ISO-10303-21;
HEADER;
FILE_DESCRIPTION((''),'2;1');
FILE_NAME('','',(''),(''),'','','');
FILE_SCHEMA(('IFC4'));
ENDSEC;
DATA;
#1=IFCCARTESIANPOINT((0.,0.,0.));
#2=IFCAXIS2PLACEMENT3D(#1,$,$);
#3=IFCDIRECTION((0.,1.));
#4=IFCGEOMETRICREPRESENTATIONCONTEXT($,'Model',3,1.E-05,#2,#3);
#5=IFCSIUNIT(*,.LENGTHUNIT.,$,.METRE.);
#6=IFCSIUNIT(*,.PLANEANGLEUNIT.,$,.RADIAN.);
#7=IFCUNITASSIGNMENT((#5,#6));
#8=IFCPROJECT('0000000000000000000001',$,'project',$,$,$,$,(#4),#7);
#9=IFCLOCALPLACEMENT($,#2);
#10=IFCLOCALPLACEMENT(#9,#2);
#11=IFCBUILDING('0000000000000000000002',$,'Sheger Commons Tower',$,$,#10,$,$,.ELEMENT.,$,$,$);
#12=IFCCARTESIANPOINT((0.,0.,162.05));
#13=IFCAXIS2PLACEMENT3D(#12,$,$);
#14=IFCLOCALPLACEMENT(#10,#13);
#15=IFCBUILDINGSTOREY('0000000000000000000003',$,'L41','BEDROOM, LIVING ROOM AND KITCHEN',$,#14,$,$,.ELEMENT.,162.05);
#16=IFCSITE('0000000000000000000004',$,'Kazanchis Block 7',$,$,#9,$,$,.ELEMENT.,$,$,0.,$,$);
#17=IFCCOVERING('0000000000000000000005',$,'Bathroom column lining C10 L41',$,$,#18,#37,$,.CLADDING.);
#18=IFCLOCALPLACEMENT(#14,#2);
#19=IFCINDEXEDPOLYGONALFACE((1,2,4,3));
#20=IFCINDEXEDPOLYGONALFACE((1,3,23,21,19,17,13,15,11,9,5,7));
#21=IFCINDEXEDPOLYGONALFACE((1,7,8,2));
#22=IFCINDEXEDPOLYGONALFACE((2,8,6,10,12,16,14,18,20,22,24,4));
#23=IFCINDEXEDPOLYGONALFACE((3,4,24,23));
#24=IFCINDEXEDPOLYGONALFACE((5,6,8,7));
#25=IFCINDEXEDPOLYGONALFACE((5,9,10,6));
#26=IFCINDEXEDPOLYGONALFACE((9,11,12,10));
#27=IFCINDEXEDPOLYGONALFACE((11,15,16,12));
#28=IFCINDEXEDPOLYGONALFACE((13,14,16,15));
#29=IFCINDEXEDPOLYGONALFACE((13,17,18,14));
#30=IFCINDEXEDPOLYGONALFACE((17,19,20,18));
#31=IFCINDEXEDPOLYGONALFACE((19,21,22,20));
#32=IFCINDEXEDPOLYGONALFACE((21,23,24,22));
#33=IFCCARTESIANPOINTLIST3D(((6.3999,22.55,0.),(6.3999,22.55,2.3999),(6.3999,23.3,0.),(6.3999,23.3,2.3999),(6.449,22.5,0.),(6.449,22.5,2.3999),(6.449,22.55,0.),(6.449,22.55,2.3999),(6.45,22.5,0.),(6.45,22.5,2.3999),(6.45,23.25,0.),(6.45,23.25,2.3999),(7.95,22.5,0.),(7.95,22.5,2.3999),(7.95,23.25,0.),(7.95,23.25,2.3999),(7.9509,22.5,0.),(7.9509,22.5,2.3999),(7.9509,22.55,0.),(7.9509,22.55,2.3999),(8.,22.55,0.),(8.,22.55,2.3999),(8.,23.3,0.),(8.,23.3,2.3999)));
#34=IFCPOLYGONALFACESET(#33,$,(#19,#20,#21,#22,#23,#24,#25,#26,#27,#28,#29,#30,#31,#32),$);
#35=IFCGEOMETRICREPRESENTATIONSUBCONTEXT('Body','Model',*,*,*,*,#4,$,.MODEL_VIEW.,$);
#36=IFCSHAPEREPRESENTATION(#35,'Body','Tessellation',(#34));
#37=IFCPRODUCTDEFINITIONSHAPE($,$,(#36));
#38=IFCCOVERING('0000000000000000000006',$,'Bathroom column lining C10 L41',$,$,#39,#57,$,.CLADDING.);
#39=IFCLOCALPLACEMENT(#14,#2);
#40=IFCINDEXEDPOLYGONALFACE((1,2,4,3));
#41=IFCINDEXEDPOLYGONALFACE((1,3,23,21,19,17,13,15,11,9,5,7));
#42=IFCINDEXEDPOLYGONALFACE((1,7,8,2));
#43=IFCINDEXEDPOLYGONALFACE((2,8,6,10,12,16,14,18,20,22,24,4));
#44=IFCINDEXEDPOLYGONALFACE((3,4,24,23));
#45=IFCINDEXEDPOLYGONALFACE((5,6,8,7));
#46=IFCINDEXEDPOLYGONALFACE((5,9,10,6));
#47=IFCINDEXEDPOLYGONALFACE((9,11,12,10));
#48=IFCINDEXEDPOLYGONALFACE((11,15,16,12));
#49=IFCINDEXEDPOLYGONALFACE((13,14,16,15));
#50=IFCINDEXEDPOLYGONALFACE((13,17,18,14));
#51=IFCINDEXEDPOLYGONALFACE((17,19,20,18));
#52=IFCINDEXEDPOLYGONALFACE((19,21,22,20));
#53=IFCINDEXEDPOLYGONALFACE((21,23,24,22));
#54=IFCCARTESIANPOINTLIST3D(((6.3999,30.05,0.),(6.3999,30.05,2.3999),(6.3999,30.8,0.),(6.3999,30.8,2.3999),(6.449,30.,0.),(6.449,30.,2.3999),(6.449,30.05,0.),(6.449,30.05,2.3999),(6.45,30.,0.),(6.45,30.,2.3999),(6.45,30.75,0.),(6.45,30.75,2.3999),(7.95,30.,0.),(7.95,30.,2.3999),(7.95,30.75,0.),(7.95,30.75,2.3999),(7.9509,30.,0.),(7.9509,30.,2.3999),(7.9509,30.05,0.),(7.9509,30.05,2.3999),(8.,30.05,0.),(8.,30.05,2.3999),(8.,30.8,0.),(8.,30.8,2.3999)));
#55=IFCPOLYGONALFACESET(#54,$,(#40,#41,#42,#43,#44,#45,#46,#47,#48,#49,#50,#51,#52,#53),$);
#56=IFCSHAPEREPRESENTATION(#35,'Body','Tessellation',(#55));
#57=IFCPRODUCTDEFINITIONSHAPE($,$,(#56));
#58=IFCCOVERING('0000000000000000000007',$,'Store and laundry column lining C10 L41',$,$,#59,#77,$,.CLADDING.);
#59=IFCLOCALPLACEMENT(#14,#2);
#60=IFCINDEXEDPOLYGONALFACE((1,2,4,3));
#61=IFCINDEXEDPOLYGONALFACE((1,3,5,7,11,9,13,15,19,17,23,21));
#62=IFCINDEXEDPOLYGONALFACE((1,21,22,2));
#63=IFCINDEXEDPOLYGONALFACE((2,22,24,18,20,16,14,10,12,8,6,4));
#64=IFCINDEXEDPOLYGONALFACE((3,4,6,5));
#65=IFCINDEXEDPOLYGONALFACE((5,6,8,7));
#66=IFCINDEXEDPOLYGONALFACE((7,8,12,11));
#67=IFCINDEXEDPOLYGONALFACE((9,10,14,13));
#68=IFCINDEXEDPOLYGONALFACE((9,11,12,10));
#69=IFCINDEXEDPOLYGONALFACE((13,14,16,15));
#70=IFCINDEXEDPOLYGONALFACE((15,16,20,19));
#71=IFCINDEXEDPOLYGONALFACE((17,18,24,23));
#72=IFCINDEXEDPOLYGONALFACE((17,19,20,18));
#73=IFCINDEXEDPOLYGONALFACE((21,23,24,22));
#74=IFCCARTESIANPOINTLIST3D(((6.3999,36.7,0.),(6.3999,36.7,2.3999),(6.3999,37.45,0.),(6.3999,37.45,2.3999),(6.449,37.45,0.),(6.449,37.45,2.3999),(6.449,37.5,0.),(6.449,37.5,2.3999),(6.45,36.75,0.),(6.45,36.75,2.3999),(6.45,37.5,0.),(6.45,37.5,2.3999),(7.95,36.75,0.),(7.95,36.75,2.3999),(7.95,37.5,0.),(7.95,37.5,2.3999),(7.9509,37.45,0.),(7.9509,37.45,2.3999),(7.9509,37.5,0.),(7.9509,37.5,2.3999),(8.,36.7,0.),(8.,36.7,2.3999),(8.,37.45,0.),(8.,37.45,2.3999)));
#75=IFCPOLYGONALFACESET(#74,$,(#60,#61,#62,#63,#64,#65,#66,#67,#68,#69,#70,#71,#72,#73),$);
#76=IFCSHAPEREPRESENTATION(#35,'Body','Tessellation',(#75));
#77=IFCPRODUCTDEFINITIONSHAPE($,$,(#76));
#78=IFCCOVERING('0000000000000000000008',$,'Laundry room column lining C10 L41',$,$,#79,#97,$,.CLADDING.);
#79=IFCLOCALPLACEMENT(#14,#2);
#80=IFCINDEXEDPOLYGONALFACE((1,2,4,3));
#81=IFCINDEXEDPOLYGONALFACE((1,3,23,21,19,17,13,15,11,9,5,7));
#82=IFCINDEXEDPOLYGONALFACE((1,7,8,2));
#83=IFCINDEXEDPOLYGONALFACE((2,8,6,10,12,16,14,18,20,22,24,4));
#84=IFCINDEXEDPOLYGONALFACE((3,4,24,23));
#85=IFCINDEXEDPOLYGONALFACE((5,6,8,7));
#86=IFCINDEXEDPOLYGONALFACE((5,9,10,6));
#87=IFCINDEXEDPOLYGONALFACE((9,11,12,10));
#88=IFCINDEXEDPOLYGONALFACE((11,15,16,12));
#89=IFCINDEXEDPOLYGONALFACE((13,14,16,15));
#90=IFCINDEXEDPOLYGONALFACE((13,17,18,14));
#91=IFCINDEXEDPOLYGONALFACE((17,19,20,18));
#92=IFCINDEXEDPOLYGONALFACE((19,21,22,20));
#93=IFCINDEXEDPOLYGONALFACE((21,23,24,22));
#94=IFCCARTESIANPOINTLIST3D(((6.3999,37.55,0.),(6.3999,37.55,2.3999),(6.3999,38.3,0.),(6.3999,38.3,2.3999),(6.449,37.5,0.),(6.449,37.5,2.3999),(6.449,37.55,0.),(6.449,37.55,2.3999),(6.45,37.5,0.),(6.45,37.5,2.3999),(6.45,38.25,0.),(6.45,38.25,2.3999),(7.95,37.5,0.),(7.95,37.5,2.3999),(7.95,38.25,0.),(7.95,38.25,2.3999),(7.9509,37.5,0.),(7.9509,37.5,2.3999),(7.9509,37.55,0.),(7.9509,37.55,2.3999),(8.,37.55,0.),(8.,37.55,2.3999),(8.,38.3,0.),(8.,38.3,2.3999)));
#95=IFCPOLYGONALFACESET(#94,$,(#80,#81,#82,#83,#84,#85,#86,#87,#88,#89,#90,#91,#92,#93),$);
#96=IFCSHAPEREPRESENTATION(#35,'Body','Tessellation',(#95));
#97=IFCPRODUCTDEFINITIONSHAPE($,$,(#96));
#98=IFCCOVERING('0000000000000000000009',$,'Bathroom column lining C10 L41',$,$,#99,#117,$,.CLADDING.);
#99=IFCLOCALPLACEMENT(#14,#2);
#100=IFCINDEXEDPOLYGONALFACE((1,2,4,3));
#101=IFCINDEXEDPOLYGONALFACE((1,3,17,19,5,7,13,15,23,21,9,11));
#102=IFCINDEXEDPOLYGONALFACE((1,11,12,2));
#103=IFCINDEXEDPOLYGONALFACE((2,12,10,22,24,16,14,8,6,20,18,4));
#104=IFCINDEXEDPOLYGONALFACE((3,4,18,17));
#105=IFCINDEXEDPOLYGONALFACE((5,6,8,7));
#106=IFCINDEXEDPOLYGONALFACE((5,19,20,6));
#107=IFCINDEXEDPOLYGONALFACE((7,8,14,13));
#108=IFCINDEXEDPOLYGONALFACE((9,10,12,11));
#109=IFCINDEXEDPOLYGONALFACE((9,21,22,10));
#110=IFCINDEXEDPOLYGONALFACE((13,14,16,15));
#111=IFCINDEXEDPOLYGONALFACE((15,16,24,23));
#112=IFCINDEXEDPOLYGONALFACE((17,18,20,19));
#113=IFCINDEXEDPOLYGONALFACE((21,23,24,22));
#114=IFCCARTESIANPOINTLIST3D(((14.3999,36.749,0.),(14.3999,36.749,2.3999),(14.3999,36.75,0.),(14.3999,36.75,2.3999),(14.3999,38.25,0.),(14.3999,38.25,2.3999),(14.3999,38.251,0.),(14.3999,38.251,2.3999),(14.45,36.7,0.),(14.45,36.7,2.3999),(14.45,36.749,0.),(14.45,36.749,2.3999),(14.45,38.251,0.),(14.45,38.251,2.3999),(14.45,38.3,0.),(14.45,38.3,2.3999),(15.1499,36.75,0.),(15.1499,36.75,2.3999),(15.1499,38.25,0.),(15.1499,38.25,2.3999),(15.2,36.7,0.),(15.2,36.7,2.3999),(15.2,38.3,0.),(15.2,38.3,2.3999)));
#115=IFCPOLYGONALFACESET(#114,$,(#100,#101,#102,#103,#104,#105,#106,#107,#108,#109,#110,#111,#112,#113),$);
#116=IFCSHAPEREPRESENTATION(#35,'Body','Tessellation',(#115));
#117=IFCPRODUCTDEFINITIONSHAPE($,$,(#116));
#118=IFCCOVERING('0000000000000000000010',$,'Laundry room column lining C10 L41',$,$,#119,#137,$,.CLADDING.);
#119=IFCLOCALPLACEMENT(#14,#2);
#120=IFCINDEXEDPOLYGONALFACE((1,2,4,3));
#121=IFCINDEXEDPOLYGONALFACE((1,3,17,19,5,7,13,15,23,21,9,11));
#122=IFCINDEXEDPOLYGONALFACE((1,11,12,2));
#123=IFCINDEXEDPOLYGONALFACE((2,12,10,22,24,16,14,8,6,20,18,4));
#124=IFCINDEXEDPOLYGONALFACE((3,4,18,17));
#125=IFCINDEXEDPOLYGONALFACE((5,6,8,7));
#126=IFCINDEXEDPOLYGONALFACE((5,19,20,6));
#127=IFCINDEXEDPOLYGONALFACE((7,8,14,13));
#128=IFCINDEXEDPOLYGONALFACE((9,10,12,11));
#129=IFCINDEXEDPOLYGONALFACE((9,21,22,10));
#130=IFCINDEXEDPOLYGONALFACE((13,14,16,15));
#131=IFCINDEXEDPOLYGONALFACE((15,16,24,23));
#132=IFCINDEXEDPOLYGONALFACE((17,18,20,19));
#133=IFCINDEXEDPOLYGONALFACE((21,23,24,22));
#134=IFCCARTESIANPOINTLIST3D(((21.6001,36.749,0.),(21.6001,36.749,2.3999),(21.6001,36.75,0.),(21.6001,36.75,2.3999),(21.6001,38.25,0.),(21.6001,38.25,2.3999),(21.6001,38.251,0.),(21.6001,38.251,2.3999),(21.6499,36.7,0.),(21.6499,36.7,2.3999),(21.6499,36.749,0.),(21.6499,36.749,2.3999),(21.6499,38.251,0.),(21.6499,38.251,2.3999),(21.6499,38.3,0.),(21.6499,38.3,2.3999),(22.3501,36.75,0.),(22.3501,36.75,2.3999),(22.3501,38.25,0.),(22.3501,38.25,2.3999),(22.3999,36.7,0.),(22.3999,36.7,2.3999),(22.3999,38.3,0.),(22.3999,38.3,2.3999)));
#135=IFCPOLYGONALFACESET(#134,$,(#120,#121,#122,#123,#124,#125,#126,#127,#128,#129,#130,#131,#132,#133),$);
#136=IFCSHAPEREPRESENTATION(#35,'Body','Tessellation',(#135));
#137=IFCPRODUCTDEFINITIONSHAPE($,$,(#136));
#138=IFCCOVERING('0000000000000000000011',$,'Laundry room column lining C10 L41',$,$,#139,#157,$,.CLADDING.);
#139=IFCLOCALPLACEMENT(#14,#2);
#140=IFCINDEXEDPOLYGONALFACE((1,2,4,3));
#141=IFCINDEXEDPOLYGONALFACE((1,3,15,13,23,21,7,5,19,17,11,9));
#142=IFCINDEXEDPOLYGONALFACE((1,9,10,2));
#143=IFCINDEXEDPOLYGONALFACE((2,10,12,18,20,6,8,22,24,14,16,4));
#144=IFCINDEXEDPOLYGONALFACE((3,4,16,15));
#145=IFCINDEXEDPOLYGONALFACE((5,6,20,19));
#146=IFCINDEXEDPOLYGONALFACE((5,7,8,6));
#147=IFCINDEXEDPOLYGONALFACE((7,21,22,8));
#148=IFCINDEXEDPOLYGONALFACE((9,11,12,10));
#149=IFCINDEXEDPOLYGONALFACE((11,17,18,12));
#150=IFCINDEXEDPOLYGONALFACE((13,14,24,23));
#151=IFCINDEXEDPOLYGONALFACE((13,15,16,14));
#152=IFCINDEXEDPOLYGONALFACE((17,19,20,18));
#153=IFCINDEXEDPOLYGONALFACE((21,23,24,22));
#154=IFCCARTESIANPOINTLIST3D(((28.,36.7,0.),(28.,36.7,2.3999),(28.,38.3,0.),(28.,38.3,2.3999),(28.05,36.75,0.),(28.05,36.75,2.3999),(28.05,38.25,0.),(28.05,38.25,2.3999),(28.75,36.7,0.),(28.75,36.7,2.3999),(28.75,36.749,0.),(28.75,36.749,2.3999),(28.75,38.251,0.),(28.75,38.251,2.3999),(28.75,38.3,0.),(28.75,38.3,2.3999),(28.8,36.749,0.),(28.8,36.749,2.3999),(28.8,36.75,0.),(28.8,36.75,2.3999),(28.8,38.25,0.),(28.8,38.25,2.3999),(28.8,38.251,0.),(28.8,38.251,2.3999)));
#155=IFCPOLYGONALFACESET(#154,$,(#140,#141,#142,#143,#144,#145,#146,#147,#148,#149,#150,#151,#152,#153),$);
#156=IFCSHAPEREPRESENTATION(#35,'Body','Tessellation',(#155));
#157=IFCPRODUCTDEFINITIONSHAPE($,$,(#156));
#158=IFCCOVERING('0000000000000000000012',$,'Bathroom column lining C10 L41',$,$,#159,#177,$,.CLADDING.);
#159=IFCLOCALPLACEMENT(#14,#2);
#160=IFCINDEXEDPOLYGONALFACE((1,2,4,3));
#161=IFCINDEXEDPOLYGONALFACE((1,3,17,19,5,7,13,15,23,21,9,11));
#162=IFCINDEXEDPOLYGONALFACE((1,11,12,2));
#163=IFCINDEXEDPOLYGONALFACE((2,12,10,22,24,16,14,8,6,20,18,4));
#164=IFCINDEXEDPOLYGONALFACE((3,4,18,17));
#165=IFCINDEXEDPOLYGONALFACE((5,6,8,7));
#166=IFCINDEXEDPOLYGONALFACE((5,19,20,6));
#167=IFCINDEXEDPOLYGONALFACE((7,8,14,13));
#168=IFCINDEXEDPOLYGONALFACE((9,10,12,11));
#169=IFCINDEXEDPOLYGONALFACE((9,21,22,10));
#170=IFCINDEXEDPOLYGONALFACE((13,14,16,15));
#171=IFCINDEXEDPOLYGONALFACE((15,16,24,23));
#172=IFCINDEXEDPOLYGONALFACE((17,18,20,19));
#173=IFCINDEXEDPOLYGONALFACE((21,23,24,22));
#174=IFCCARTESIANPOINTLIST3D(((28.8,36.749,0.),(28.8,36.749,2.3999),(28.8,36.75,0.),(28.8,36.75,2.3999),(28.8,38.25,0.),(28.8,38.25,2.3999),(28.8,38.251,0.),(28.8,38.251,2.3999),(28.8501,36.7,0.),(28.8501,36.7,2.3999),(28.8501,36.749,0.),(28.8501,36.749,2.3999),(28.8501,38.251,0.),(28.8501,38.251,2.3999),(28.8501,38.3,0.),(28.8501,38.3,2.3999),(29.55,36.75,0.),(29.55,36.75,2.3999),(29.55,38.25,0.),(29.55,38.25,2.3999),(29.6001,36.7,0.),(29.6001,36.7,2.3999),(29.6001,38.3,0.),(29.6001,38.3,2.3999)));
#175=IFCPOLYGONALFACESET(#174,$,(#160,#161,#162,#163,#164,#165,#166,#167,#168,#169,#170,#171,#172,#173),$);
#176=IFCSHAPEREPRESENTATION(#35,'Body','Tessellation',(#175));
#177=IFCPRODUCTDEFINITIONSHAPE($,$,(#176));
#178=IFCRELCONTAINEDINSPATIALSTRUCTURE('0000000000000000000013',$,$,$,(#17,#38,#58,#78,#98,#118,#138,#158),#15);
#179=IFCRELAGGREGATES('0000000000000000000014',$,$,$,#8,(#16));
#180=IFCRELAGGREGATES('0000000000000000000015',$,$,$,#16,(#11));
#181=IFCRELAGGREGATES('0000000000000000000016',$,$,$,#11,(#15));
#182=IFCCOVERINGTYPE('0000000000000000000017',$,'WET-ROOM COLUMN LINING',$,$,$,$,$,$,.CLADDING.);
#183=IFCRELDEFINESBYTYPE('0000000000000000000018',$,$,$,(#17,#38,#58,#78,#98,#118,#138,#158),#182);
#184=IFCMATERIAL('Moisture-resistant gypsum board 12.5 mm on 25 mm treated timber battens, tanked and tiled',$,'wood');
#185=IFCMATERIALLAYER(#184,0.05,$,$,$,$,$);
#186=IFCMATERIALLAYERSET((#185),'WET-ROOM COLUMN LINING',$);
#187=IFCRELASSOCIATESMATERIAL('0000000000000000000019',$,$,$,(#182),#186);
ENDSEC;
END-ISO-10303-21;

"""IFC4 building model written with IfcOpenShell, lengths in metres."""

from ifc_helpers import new_model, si_unit, direction, frame, origin, place, context, subcontext, project, spatial, polyline, outline, extrude, material, layer, layer_set, type_object, element, save


model = new_model("IFC4")

# Units and contexts
model_context = context("Model", 3, precision=1e-05, world=origin(), true_north=direction((0.0, 1.0)))
body_context = subcontext(model_context, "Body", "Model", "MODEL_VIEW")
ifc_project = project(units=[si_unit("LENGTHUNIT", "METRE"), si_unit("PLANEANGLEUNIT", "RADIAN")], contexts=[model_context])

# Site, building, storey
site_placement = place(None, origin())
site = spatial("IfcSite", under=ifc_project, at=site_placement, Name="Kazanchis Block 7", CompositionType="ELEMENT", RefElevation=0.0)
building_placement = place(site_placement, origin())
building = spatial("IfcBuilding", under=site, at=building_placement, Name="Sheger Commons Tower", CompositionType="ELEMENT")
storey_placement = place(building_placement, frame((0.0, 0.0, 162.05)))
storey = spatial("IfcBuildingStorey", under=building, at=storey_placement, Name="L41", Description="BEDROOM, LIVING ROOM AND KITCHEN", CompositionType="ELEMENT", Elevation=162.05)

# Coverings
ifc_material_1 = material(Name="Moisture-resistant gypsum board 12.5 mm on 25 mm treated timber battens, tanked and tiled", Category="wood")
ifc_layer_1 = layer(ifc_material_1, 0.05)
ifc_layer_set_1 = layer_set([ifc_layer_1], Name="WET-ROOM COLUMN LINING")
covering_type_1 = type_object("IfcCoveringType", Name="WET-ROOM COLUMN LINING", PredefinedType="CLADDING", material=ifc_layer_set_1)
covering_1_placement = place(storey_placement, origin())
element("IfcCovering", 1, at=covering_1_placement, inside=storey, type_object=covering_type_1, Name="Bathroom column lining C10 L41", PredefinedType="CLADDING", context=body_context, shape_type="SweptSolid", body=[
    extrude(outline(polyline([(8.0, 23.3), (8.0, 22.55), (7.9509, 22.55), (7.9509, 22.5), (7.95, 22.5), (7.95, 23.25), (6.45, 23.25), (6.45, 22.5), (6.449, 22.5), (6.449, 22.55), (6.3999, 22.55), (6.3999, 23.3), (8.0, 23.3)])), origin(), (0.0, 0.0, 1.0), 2.3999),
])
covering_2_placement = place(storey_placement, origin())
element("IfcCovering", 2, at=covering_2_placement, inside=storey, type_object=covering_type_1, Name="Bathroom column lining C10 L41", PredefinedType="CLADDING", context=body_context, shape_type="SweptSolid", body=[
    extrude(outline(polyline([(8.0, 30.8), (8.0, 30.05), (7.9509, 30.05), (7.9509, 30.0), (7.95, 30.0), (7.95, 30.75), (6.45, 30.75), (6.45, 30.0), (6.449, 30.0), (6.449, 30.05), (6.3999, 30.05), (6.3999, 30.8), (8.0, 30.8)])), origin(), (0.0, 0.0, 1.0), 2.3999),
])
covering_3_placement = place(storey_placement, origin())
element("IfcCovering", 3, at=covering_3_placement, inside=storey, type_object=covering_type_1, Name="Store and laundry column lining C10 L41", PredefinedType="CLADDING", context=body_context, shape_type="SweptSolid", body=[
    extrude(outline(polyline([(6.45, 37.5), (6.45, 36.75), (7.95, 36.75), (7.95, 37.5), (7.9509, 37.5), (7.9509, 37.45), (8.0, 37.45), (8.0, 36.7), (6.3999, 36.7), (6.3999, 37.45), (6.449, 37.45), (6.449, 37.5), (6.45, 37.5)])), origin(), (0.0, 0.0, 1.0), 2.3999),
])
covering_4_placement = place(storey_placement, origin())
element("IfcCovering", 4, at=covering_4_placement, inside=storey, type_object=covering_type_1, Name="Laundry room column lining C10 L41", PredefinedType="CLADDING", context=body_context, shape_type="SweptSolid", body=[
    extrude(outline(polyline([(8.0, 38.3), (8.0, 37.55), (7.9509, 37.55), (7.9509, 37.5), (7.95, 37.5), (7.95, 38.25), (6.45, 38.25), (6.45, 37.5), (6.449, 37.5), (6.449, 37.55), (6.3999, 37.55), (6.3999, 38.3), (8.0, 38.3)])), origin(), (0.0, 0.0, 1.0), 2.3999),
])
covering_5_placement = place(storey_placement, origin())
element("IfcCovering", 5, at=covering_5_placement, inside=storey, type_object=covering_type_1, Name="Bathroom column lining C10 L41", PredefinedType="CLADDING", context=body_context, shape_type="SweptSolid", body=[
    extrude(outline(polyline([(15.2, 36.7), (14.45, 36.7), (14.45, 36.749), (14.3999, 36.749), (14.3999, 36.75), (15.1499, 36.75), (15.1499, 38.25), (14.3999, 38.25), (14.3999, 38.251), (14.45, 38.251), (14.45, 38.3), (15.2, 38.3), (15.2, 36.7)])), origin(), (0.0, 0.0, 1.0), 2.3999),
])
covering_6_placement = place(storey_placement, origin())
element("IfcCovering", 6, at=covering_6_placement, inside=storey, type_object=covering_type_1, Name="Laundry room column lining C10 L41", PredefinedType="CLADDING", context=body_context, shape_type="SweptSolid", body=[
    extrude(outline(polyline([(22.3999, 36.7), (21.6499, 36.7), (21.6499, 36.749), (21.6001, 36.749), (21.6001, 36.75), (22.3501, 36.75), (22.3501, 38.25), (21.6001, 38.25), (21.6001, 38.251), (21.6499, 38.251), (21.6499, 38.3), (22.3999, 38.3), (22.3999, 36.7)])), origin(), (0.0, 0.0, 1.0), 2.3999),
])
covering_7_placement = place(storey_placement, origin())
element("IfcCovering", 7, at=covering_7_placement, inside=storey, type_object=covering_type_1, Name="Laundry room column lining C10 L41", PredefinedType="CLADDING", context=body_context, shape_type="SweptSolid", body=[
    extrude(outline(polyline([(28.75, 38.3), (28.75, 38.251), (28.8, 38.251), (28.8, 38.25), (28.05, 38.25), (28.05, 36.75), (28.8, 36.75), (28.8, 36.749), (28.75, 36.749), (28.75, 36.7), (28.0, 36.7), (28.0, 38.3), (28.75, 38.3)])), origin(), (0.0, 0.0, 1.0), 2.3999),
])
covering_8_placement = place(storey_placement, origin())
element("IfcCovering", 8, at=covering_8_placement, inside=storey, type_object=covering_type_1, Name="Bathroom column lining C10 L41", PredefinedType="CLADDING", context=body_context, shape_type="SweptSolid", body=[
    extrude(outline(polyline([(29.6001, 36.7), (28.8501, 36.7), (28.8501, 36.749), (28.8, 36.749), (28.8, 36.75), (29.55, 36.75), (29.55, 38.25), (28.8, 38.25), (28.8, 38.251), (28.8501, 38.251), (28.8501, 38.3), (29.6001, 38.3), (29.6001, 36.7)])), origin(), (0.0, 0.0, 1.0), 2.3999),
])

save(model, "model.ifc")
